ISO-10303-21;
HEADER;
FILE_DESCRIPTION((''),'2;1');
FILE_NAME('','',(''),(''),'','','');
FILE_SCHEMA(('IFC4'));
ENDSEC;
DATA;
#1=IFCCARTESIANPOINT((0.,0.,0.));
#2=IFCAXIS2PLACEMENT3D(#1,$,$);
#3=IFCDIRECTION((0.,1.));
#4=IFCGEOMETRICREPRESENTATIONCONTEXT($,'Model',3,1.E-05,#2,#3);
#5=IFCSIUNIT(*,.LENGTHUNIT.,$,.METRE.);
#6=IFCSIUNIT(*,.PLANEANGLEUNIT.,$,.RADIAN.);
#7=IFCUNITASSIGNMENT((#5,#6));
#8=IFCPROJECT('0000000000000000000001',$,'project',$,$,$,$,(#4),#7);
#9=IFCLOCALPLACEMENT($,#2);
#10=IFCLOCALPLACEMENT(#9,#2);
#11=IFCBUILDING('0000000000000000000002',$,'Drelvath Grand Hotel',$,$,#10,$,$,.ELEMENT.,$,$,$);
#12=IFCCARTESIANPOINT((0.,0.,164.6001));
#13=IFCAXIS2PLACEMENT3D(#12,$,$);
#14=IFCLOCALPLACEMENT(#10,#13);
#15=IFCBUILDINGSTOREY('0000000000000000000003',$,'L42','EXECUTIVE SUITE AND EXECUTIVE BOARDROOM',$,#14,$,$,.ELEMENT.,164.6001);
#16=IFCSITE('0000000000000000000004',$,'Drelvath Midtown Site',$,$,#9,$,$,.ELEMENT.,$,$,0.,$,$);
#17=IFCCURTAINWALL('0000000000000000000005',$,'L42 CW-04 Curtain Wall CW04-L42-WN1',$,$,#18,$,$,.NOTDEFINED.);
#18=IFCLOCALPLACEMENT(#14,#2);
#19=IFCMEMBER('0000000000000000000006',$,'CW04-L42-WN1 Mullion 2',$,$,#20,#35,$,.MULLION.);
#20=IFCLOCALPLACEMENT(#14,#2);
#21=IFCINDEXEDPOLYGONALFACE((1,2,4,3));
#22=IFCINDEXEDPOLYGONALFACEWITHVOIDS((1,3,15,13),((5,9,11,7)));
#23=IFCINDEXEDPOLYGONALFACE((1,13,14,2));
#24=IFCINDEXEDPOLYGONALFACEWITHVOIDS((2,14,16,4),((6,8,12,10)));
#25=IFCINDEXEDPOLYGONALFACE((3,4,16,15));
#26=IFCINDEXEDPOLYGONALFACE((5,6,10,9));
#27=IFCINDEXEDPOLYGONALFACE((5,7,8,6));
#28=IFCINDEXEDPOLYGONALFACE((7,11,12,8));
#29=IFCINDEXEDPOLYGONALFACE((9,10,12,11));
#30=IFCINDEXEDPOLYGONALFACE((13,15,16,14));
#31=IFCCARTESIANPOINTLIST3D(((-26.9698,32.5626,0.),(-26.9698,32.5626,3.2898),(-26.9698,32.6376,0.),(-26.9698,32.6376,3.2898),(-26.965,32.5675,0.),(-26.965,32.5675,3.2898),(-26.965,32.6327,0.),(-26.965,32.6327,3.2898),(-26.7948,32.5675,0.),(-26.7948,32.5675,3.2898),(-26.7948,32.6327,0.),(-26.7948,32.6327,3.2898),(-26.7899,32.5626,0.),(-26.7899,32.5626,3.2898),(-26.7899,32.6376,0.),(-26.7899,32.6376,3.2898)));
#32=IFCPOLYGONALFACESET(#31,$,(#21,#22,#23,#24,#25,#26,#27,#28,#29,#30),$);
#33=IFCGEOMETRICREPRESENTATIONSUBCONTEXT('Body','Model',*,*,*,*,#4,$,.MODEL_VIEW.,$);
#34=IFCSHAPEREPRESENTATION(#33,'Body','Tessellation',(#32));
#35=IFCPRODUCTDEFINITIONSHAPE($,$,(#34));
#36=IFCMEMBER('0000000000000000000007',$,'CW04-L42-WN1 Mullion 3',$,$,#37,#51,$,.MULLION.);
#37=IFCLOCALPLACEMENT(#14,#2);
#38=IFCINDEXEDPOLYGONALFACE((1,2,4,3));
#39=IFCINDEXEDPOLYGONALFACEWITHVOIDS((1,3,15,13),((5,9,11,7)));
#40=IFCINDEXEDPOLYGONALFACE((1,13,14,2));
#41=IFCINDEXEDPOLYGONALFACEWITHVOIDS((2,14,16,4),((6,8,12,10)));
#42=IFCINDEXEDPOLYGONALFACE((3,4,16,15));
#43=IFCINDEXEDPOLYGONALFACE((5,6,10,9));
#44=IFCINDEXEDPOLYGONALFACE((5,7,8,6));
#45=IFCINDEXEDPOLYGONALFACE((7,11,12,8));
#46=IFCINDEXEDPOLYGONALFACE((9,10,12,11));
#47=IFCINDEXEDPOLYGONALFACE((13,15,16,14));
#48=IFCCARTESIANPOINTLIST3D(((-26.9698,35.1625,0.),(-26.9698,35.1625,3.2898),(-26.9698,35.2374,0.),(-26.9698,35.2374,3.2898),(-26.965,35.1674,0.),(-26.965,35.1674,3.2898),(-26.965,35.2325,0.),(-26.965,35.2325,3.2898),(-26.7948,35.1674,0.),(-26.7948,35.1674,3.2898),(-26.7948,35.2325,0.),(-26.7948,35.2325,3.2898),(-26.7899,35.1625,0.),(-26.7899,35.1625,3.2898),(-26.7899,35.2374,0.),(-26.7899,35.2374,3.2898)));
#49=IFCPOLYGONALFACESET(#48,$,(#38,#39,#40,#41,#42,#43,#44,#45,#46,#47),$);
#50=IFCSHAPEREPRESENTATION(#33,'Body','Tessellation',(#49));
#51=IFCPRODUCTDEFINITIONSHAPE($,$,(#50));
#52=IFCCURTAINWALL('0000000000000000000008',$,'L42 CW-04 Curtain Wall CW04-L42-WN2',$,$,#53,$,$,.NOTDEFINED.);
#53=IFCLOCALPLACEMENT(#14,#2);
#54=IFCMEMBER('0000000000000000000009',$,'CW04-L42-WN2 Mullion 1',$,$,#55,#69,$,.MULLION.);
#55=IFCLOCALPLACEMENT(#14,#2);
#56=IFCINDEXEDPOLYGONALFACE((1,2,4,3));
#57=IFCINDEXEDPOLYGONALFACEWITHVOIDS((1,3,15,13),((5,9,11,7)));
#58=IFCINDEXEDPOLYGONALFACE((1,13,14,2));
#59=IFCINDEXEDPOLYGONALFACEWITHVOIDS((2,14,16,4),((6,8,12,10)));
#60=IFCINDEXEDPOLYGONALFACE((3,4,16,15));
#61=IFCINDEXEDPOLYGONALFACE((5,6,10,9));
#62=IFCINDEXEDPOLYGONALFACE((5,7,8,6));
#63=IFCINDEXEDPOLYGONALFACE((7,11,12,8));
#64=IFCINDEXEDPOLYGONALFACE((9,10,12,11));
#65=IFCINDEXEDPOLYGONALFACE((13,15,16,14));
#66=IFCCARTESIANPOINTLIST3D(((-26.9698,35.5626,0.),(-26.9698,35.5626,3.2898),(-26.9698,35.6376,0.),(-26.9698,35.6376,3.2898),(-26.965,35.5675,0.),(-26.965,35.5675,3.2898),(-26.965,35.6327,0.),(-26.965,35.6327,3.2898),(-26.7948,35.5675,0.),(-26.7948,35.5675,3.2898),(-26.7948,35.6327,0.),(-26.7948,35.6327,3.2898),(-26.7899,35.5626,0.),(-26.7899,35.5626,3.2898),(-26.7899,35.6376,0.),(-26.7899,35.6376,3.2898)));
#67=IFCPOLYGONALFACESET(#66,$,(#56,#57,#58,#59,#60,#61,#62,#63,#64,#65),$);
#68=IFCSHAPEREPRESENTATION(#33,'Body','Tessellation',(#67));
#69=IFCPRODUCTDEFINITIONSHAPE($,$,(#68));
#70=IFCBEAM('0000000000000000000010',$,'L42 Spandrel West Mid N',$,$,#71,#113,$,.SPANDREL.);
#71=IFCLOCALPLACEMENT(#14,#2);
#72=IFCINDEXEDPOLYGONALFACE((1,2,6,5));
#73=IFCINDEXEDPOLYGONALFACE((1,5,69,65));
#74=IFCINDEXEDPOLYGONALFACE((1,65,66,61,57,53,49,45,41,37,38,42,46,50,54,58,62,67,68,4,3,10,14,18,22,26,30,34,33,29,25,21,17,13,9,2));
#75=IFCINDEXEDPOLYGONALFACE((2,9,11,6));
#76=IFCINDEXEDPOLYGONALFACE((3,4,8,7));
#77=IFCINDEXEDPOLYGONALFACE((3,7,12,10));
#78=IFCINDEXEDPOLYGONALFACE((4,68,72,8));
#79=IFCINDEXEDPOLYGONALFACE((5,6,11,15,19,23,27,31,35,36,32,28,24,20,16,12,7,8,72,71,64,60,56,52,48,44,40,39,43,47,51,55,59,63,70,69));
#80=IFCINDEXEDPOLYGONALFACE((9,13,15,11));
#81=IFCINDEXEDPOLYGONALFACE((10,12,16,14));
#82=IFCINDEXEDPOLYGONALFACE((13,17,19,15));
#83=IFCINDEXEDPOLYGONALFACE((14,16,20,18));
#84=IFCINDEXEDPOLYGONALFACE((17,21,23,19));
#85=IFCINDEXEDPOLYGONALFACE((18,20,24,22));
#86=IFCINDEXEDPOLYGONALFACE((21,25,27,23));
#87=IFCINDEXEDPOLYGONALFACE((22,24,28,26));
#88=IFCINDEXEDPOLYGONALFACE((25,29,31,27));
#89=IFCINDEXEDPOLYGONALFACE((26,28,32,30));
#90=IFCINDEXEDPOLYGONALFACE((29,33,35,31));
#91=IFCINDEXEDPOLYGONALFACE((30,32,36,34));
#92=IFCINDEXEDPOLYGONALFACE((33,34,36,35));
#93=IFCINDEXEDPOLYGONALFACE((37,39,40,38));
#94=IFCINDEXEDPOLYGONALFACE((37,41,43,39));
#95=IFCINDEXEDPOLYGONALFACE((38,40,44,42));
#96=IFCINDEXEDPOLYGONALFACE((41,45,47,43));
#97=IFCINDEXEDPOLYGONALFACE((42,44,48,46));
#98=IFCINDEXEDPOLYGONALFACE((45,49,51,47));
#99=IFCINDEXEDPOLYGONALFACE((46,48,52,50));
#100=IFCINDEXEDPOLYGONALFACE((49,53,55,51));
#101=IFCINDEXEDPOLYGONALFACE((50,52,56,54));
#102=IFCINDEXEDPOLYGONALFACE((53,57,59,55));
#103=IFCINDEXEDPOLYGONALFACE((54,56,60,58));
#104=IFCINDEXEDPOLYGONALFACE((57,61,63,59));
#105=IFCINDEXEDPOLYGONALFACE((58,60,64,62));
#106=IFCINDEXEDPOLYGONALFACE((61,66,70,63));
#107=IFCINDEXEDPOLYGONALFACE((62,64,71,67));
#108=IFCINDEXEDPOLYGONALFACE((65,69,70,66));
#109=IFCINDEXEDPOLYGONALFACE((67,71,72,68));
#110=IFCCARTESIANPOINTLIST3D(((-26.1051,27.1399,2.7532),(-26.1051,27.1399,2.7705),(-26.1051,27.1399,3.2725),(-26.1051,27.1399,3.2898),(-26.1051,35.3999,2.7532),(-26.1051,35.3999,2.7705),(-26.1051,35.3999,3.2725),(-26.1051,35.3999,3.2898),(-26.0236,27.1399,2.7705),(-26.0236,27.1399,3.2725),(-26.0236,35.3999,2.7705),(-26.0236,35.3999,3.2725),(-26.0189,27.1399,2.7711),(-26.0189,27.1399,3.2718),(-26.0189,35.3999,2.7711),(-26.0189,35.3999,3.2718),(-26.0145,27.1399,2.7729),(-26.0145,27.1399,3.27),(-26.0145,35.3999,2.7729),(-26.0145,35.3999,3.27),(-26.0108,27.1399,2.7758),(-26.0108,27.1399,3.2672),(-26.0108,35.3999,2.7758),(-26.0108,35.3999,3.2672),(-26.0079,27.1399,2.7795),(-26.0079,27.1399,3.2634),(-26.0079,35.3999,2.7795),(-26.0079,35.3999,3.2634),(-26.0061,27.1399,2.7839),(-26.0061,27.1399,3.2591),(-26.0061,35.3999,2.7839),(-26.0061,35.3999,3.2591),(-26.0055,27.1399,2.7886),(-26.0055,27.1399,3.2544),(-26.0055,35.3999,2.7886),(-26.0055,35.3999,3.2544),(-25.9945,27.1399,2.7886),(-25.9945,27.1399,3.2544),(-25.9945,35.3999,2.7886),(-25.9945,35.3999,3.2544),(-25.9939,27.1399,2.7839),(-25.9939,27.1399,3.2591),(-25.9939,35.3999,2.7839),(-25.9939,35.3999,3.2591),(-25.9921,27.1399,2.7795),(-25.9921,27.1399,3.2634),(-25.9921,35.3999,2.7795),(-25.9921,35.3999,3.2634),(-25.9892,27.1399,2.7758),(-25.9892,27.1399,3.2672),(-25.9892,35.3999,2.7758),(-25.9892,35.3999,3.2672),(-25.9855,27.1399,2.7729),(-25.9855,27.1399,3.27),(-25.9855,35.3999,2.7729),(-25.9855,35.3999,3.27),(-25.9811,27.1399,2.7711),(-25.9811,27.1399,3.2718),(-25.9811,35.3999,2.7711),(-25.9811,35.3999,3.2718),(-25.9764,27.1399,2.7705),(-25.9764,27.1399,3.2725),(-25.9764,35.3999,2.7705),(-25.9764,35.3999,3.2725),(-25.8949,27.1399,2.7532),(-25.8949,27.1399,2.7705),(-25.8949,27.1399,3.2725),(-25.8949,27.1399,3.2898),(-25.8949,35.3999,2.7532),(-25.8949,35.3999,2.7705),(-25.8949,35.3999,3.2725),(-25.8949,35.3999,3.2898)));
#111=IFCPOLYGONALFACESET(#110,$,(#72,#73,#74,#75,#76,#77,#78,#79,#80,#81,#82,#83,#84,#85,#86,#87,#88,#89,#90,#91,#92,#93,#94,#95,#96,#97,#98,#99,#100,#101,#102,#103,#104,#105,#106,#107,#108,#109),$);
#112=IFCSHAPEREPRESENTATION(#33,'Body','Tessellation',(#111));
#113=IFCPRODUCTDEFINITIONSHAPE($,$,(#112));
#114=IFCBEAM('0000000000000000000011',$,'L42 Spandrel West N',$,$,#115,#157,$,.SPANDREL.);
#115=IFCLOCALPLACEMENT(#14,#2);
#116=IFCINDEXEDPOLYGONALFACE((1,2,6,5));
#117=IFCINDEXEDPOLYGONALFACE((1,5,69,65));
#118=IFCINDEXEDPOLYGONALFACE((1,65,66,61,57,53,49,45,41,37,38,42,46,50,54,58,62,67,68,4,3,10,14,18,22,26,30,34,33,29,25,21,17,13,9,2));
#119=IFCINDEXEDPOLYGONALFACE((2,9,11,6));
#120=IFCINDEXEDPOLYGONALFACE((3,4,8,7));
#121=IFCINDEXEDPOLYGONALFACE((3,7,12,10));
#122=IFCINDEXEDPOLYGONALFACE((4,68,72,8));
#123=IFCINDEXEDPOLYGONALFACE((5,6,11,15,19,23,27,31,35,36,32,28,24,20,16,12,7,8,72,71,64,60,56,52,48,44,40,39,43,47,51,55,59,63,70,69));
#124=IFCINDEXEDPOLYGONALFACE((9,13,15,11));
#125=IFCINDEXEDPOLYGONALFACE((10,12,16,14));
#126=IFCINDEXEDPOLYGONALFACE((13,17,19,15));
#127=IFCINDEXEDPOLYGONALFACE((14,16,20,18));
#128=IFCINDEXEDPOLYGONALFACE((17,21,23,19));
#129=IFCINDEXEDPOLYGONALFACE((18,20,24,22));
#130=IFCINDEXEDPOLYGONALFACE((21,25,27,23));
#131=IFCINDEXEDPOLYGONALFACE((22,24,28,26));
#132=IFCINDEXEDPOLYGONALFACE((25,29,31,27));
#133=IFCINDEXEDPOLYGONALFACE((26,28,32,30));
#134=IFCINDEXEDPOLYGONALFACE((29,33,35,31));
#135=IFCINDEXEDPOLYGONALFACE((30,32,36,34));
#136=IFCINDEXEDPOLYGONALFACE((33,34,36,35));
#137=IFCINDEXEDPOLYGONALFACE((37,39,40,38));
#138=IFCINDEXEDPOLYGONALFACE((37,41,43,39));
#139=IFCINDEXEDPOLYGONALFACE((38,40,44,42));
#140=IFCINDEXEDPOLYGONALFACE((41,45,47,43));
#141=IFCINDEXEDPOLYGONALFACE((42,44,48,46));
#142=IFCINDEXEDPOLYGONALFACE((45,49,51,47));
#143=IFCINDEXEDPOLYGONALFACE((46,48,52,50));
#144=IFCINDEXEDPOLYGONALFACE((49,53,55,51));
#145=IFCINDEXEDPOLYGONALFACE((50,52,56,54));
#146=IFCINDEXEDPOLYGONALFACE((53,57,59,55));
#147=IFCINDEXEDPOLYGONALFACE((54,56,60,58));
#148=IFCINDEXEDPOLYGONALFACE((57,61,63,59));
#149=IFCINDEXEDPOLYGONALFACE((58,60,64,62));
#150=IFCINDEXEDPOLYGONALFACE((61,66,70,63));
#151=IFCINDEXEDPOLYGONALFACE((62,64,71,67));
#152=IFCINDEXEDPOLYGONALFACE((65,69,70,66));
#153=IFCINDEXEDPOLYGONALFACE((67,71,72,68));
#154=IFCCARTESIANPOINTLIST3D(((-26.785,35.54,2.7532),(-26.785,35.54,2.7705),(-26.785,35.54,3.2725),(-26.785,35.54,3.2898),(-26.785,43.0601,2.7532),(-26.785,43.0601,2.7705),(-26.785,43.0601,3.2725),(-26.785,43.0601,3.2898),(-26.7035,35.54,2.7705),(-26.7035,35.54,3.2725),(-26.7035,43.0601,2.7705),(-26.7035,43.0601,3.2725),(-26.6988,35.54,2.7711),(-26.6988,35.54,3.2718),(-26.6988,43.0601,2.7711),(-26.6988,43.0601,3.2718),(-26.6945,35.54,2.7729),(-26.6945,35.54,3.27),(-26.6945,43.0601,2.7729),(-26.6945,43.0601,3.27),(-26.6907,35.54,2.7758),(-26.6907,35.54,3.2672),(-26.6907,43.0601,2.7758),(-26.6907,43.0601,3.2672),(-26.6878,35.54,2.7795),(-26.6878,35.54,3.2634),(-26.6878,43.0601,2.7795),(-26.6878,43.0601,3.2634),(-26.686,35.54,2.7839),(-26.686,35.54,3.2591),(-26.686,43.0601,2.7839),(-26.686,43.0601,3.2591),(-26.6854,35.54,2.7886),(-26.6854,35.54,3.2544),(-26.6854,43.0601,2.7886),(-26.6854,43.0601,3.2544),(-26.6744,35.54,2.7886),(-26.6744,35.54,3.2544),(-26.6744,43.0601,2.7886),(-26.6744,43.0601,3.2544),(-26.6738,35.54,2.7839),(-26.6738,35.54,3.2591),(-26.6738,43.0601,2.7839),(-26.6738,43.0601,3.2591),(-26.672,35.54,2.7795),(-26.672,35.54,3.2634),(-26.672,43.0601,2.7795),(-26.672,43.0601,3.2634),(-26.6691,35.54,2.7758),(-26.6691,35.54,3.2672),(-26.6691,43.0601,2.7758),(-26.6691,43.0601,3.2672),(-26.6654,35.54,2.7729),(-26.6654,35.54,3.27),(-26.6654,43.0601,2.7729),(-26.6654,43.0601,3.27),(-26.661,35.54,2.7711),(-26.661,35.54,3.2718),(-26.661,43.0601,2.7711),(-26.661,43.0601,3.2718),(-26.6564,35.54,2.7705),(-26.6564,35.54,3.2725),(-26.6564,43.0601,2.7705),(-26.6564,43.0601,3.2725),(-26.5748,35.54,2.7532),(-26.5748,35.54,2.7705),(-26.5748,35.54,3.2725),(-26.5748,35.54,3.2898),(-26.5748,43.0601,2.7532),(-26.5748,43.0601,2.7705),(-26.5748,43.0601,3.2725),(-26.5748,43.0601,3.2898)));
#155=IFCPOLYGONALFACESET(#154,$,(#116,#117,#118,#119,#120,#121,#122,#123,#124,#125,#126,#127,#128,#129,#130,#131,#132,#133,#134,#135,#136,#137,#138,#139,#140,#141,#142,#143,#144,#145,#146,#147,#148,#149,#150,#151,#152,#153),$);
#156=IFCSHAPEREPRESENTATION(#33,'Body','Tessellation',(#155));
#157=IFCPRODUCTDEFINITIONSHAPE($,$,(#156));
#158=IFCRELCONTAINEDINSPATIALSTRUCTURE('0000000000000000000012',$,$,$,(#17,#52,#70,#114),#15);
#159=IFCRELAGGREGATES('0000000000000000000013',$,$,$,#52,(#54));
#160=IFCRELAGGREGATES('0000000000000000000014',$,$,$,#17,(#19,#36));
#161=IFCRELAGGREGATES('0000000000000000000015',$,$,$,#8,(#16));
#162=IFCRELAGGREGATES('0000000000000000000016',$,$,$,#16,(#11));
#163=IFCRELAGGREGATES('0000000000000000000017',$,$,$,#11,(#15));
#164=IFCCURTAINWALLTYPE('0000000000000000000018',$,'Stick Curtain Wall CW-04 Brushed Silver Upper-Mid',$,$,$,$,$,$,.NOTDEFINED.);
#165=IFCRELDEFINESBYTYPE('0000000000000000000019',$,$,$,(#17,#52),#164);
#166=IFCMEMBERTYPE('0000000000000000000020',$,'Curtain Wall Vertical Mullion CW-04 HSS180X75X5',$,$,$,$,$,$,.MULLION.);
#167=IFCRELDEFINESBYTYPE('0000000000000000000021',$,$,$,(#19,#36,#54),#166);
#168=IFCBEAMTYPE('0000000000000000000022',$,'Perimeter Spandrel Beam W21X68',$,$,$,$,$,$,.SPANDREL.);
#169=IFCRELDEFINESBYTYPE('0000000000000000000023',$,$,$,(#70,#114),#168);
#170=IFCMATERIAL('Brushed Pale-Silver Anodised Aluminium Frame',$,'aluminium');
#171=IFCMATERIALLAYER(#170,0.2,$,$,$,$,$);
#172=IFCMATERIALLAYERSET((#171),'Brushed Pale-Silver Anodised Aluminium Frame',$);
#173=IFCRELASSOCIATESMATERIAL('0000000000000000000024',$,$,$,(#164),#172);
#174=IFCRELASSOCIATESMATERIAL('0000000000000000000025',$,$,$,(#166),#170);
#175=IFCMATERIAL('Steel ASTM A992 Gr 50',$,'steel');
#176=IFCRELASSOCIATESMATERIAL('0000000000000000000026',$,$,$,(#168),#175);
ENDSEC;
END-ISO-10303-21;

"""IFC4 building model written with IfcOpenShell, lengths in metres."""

from ifc_helpers import new_model, si_unit, direction, frame, origin, origin_2d, place, context, subcontext, project, spatial, hollow_rectangle, i_section, extrude, material, layer, layer_set, material_profile, profile_set, type_object, element, aggregate, save


model = new_model("IFC4")

# Units and contexts
model_context = context("Model", 3, precision=1e-05, world=origin(), true_north=direction((0.0, 1.0)))
body_context = subcontext(model_context, "Body", "Model", "MODEL_VIEW")
ifc_project = project(units=[si_unit("LENGTHUNIT", "METRE"), si_unit("PLANEANGLEUNIT", "RADIAN")], contexts=[model_context])

# Site, building, storey
site_placement = place(None, origin())
site = spatial("IfcSite", under=ifc_project, at=site_placement, Name="Drelvath Midtown Site", CompositionType="ELEMENT", RefElevation=0.0)
building_placement = place(site_placement, origin())
building = spatial("IfcBuilding", under=site, at=building_placement, Name="Drelvath Grand Hotel", CompositionType="ELEMENT")
storey_placement = place(building_placement, frame((0.0, 0.0, 164.6001)))
storey = spatial("IfcBuildingStorey", under=building, at=storey_placement, Name="L42", Description="EXECUTIVE SUITE AND EXECUTIVE BOARDROOM", CompositionType="ELEMENT", Elevation=164.6001)

# Curtain wall
ifc_material_1 = material(Name="Brushed Pale-Silver Anodised Aluminium Frame", Category="aluminium")
ifc_layer_1 = layer(ifc_material_1, 0.2)
ifc_layer_set_1 = layer_set([ifc_layer_1], Name="Brushed Pale-Silver Anodised Aluminium Frame")
curtain_wall_type = type_object("IfcCurtainWallType", Name="Stick Curtain Wall CW-04 Brushed Silver Upper-Mid", PredefinedType="NOTDEFINED", material=ifc_layer_set_1)
curtain_wall_1_placement = place(storey_placement, origin())
curtain_wall_1 = element("IfcCurtainWall", 1, at=curtain_wall_1_placement, inside=storey, type_object=curtain_wall_type, Name="L42 CW-04 Curtain Wall CW04-L42-WN1", PredefinedType="NOTDEFINED")

# Members
ifc_material_profile_1 = material_profile(ifc_material_1, hollow_rectangle(XDim=0.075, YDim=0.1799, WallThickness=0.0049, at=origin_2d()), Name="HSS180X75X5")
ifc_profile_set_1 = profile_set([ifc_material_profile_1], Name="Brushed Pale-Silver Anodised Aluminium Frame")
member_type_1 = type_object("IfcMemberType", Name="Curtain Wall Vertical Mullion CW-04 HSS180X75X5", PredefinedType="MULLION", material=ifc_profile_set_1)
member_1_placement = place(storey_placement, frame((-26.8799, 32.6001, 0.0), z_axis=(0.0, 0.0, 1.0), x_axis=(0.0, 1.0, 0.0)))
member_1 = element("IfcMember", 2, at=member_1_placement, type_object=member_type_1, Name="CW04-L42-WN1 Mullion 2", PredefinedType="MULLION", context=body_context, shape_type="SweptSolid", body=[
    extrude(hollow_rectangle(XDim=0.075, YDim=0.1799, WallThickness=0.0049, at=origin_2d()), origin(), (0.0, 0.0, 1.0), 3.2898),
])
member_2_placement = place(storey_placement, frame((-26.8799, 35.2, 0.0), z_axis=(0.0, 0.0, 1.0), x_axis=(0.0, 1.0, 0.0)))
member_2 = element("IfcMember", 3, at=member_2_placement, type_object=member_type_1, Name="CW04-L42-WN1 Mullion 3", PredefinedType="MULLION", context=body_context, shape_type="SweptSolid", body=[
    extrude(hollow_rectangle(XDim=0.075, YDim=0.1799, WallThickness=0.0049, at=origin_2d()), origin(), (0.0, 0.0, 1.0), 3.2898),
])

# Curtain wall, member
curtain_wall_2_placement = place(storey_placement, origin())
curtain_wall_2 = element("IfcCurtainWall", 4, at=curtain_wall_2_placement, inside=storey, type_object=curtain_wall_type, Name="L42 CW-04 Curtain Wall CW04-L42-WN2", PredefinedType="NOTDEFINED")
member_3_placement = place(storey_placement, frame((-26.8799, 35.6001, 0.0), z_axis=(0.0, 0.0, 1.0), x_axis=(0.0, 1.0, 0.0)))
member_3 = element("IfcMember", 5, at=member_3_placement, type_object=member_type_1, Name="CW04-L42-WN2 Mullion 1", PredefinedType="MULLION", context=body_context, shape_type="SweptSolid", body=[
    extrude(hollow_rectangle(XDim=0.075, YDim=0.1799, WallThickness=0.0049, at=origin_2d()), origin(), (0.0, 0.0, 1.0), 3.2898),
])
aggregate(curtain_wall_2, [member_3])

# Beams
ifc_material_2 = material(Name="Steel ASTM A992 Gr 50", Category="steel")
ifc_material_profile_2 = material_profile(ifc_material_2, i_section(OverallWidth=0.2102, OverallDepth=0.5366, WebThickness=0.011, FlangeThickness=0.0173, FilletRadius=0.0181, at=origin_2d()), Name="W21X68")
ifc_profile_set_2 = profile_set([ifc_material_profile_2], Name="Steel ASTM A992 Gr 50")
beam_type_1 = type_object("IfcBeamType", Name="Perimeter Spandrel Beam W21X68", PredefinedType="SPANDREL", material=ifc_profile_set_2)
beam_1_placement = place(storey_placement, frame((-26.0, 27.1399, 3.0215), z_axis=(0.0, 1.0, 0.0), x_axis=(-1.0, 0.0, 0.0)))
element("IfcBeam", 6, at=beam_1_placement, inside=storey, type_object=beam_type_1, Name="L42 Spandrel West Mid N", PredefinedType="SPANDREL", context=body_context, shape_type="SweptSolid", body=[
    extrude(i_section(OverallWidth=0.2102, OverallDepth=0.5366, WebThickness=0.011, FlangeThickness=0.0173, FilletRadius=0.0181, at=origin_2d()), origin(), (0.0, 0.0, 1.0), 8.26),
])
beam_2_placement = place(storey_placement, frame((-26.6799, 35.54, 3.0215), z_axis=(0.0, 1.0, 0.0), x_axis=(-1.0, 0.0, 0.0)))
element("IfcBeam", 7, at=beam_2_placement, inside=storey, type_object=beam_type_1, Name="L42 Spandrel West N", PredefinedType="SPANDREL", context=body_context, shape_type="SweptSolid", body=[
    extrude(i_section(OverallWidth=0.2102, OverallDepth=0.5366, WebThickness=0.011, FlangeThickness=0.0173, FilletRadius=0.0181, at=origin_2d()), origin(), (0.0, 0.0, 1.0), 7.52),
])

aggregate(curtain_wall_1, [member_1, member_2])

save(model, "model.ifc")
